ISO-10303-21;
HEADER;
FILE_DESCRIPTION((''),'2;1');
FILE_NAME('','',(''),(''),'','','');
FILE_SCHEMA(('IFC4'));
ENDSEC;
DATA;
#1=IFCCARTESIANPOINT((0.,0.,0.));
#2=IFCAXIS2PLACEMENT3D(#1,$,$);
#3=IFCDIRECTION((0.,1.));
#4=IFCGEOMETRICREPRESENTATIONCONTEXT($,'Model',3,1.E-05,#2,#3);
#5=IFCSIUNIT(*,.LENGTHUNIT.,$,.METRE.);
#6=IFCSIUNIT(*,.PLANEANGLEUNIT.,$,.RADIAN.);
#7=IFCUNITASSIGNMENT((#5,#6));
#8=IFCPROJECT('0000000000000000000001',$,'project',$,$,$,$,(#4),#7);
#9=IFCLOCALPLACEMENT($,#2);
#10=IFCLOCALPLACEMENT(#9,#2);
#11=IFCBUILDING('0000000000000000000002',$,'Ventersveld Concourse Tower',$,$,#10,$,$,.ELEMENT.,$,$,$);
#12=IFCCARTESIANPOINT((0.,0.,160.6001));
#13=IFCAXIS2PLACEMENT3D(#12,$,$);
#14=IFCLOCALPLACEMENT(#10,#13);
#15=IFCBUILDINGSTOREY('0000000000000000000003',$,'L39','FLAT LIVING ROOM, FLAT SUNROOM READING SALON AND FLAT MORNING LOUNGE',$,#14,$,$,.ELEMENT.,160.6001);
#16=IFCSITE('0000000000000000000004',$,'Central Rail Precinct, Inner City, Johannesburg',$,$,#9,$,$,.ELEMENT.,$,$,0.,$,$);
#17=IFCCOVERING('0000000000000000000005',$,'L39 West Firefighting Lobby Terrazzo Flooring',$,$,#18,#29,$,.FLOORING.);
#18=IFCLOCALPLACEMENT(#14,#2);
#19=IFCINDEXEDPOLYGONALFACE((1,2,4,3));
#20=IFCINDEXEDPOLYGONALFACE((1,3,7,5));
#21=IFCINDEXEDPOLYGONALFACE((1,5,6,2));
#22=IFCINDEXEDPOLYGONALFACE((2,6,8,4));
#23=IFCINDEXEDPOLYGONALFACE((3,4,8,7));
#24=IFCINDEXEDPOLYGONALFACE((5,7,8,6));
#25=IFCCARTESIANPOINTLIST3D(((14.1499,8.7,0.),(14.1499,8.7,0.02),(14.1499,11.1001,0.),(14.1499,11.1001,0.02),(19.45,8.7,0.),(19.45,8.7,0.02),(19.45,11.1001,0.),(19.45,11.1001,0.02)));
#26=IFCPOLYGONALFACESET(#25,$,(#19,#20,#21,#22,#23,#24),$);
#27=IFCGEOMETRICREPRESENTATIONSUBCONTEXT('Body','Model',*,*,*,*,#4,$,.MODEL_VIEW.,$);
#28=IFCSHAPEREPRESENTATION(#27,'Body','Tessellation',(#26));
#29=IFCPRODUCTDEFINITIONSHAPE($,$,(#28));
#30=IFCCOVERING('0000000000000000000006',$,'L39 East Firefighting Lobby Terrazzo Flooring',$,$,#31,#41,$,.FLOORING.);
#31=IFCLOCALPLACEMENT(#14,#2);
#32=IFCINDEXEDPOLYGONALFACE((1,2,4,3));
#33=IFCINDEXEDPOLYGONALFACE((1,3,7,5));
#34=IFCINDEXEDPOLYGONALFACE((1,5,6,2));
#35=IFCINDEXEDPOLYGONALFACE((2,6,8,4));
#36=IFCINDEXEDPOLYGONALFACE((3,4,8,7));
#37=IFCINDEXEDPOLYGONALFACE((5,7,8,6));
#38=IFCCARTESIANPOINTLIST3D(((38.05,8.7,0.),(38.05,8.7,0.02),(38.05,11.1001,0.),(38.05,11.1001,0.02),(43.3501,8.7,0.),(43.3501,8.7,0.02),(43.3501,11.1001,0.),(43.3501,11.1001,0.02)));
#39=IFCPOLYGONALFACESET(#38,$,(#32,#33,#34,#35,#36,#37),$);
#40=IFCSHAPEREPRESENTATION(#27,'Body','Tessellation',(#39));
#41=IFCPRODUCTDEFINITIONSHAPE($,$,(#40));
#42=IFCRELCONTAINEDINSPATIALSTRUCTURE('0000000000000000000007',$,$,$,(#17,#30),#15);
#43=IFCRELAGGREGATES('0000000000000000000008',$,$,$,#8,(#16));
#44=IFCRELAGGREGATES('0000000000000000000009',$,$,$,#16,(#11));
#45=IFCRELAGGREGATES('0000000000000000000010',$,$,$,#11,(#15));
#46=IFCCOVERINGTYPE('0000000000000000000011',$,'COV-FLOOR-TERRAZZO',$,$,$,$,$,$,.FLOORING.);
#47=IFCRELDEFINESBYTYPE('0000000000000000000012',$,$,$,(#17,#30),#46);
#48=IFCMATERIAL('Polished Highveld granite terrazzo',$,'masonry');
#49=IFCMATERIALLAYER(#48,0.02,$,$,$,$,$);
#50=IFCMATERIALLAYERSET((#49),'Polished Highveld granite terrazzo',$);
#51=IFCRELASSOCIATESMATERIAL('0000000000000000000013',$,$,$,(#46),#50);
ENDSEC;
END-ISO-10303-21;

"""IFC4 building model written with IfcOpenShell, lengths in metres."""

from ifc_helpers import new_model, si_unit, direction, frame, origin, place, context, subcontext, project, spatial, polyline, outline, extrude, material, layer, layer_set, type_object, element, save


model = new_model("IFC4")

# Units and contexts
model_context = context("Model", 3, precision=1e-05, world=origin(), true_north=direction((0.0, 1.0)))
body_context = subcontext(model_context, "Body", "Model", "MODEL_VIEW")
ifc_project = project(units=[si_unit("LENGTHUNIT", "METRE"), si_unit("PLANEANGLEUNIT", "RADIAN")], contexts=[model_context])

# Site, building, storey
site_placement = place(None, origin())
site = spatial("IfcSite", under=ifc_project, at=site_placement, Name="Central Rail Precinct, Inner City, Johannesburg", CompositionType="ELEMENT", RefElevation=0.0)
building_placement = place(site_placement, origin())
building = spatial("IfcBuilding", under=site, at=building_placement, Name="Ventersveld Concourse Tower", CompositionType="ELEMENT")
storey_placement = place(building_placement, frame((0.0, 0.0, 160.6001)))
storey = spatial("IfcBuildingStorey", under=building, at=storey_placement, Name="L39", Description="FLAT LIVING ROOM, FLAT SUNROOM READING SALON AND FLAT MORNING LOUNGE", CompositionType="ELEMENT", Elevation=160.6001)

# Coverings
ifc_material_1 = material(Name="Polished Highveld granite terrazzo", Category="masonry")
ifc_layer_1 = layer(ifc_material_1, 0.02)
ifc_layer_set_1 = layer_set([ifc_layer_1], Name="Polished Highveld granite terrazzo")
covering_type_1 = type_object("IfcCoveringType", Name="COV-FLOOR-TERRAZZO", PredefinedType="FLOORING", material=ifc_layer_set_1)
covering_1_placement = place(storey_placement, origin())
element("IfcCovering", 1, at=covering_1_placement, inside=storey, type_object=covering_type_1, Name="L39 West Firefighting Lobby Terrazzo Flooring", PredefinedType="FLOORING", context=body_context, shape_type="SweptSolid", body=[
    extrude(outline(polyline([(14.1499, 8.7), (19.45, 8.7), (19.45, 11.1001), (14.1499, 11.1001), (14.1499, 8.7)])), origin(), (0.0, 0.0, 1.0), 0.02),
])
covering_2_placement = place(storey_placement, origin())
element("IfcCovering", 2, at=covering_2_placement, inside=storey, type_object=covering_type_1, Name="L39 East Firefighting Lobby Terrazzo Flooring", PredefinedType="FLOORING", context=body_context, shape_type="SweptSolid", body=[
    extrude(outline(polyline([(38.05, 8.7), (43.3501, 8.7), (43.3501, 11.1001), (38.05, 11.1001), (38.05, 8.7)])), origin(), (0.0, 0.0, 1.0), 0.02),
])

save(model, "model.ifc")
